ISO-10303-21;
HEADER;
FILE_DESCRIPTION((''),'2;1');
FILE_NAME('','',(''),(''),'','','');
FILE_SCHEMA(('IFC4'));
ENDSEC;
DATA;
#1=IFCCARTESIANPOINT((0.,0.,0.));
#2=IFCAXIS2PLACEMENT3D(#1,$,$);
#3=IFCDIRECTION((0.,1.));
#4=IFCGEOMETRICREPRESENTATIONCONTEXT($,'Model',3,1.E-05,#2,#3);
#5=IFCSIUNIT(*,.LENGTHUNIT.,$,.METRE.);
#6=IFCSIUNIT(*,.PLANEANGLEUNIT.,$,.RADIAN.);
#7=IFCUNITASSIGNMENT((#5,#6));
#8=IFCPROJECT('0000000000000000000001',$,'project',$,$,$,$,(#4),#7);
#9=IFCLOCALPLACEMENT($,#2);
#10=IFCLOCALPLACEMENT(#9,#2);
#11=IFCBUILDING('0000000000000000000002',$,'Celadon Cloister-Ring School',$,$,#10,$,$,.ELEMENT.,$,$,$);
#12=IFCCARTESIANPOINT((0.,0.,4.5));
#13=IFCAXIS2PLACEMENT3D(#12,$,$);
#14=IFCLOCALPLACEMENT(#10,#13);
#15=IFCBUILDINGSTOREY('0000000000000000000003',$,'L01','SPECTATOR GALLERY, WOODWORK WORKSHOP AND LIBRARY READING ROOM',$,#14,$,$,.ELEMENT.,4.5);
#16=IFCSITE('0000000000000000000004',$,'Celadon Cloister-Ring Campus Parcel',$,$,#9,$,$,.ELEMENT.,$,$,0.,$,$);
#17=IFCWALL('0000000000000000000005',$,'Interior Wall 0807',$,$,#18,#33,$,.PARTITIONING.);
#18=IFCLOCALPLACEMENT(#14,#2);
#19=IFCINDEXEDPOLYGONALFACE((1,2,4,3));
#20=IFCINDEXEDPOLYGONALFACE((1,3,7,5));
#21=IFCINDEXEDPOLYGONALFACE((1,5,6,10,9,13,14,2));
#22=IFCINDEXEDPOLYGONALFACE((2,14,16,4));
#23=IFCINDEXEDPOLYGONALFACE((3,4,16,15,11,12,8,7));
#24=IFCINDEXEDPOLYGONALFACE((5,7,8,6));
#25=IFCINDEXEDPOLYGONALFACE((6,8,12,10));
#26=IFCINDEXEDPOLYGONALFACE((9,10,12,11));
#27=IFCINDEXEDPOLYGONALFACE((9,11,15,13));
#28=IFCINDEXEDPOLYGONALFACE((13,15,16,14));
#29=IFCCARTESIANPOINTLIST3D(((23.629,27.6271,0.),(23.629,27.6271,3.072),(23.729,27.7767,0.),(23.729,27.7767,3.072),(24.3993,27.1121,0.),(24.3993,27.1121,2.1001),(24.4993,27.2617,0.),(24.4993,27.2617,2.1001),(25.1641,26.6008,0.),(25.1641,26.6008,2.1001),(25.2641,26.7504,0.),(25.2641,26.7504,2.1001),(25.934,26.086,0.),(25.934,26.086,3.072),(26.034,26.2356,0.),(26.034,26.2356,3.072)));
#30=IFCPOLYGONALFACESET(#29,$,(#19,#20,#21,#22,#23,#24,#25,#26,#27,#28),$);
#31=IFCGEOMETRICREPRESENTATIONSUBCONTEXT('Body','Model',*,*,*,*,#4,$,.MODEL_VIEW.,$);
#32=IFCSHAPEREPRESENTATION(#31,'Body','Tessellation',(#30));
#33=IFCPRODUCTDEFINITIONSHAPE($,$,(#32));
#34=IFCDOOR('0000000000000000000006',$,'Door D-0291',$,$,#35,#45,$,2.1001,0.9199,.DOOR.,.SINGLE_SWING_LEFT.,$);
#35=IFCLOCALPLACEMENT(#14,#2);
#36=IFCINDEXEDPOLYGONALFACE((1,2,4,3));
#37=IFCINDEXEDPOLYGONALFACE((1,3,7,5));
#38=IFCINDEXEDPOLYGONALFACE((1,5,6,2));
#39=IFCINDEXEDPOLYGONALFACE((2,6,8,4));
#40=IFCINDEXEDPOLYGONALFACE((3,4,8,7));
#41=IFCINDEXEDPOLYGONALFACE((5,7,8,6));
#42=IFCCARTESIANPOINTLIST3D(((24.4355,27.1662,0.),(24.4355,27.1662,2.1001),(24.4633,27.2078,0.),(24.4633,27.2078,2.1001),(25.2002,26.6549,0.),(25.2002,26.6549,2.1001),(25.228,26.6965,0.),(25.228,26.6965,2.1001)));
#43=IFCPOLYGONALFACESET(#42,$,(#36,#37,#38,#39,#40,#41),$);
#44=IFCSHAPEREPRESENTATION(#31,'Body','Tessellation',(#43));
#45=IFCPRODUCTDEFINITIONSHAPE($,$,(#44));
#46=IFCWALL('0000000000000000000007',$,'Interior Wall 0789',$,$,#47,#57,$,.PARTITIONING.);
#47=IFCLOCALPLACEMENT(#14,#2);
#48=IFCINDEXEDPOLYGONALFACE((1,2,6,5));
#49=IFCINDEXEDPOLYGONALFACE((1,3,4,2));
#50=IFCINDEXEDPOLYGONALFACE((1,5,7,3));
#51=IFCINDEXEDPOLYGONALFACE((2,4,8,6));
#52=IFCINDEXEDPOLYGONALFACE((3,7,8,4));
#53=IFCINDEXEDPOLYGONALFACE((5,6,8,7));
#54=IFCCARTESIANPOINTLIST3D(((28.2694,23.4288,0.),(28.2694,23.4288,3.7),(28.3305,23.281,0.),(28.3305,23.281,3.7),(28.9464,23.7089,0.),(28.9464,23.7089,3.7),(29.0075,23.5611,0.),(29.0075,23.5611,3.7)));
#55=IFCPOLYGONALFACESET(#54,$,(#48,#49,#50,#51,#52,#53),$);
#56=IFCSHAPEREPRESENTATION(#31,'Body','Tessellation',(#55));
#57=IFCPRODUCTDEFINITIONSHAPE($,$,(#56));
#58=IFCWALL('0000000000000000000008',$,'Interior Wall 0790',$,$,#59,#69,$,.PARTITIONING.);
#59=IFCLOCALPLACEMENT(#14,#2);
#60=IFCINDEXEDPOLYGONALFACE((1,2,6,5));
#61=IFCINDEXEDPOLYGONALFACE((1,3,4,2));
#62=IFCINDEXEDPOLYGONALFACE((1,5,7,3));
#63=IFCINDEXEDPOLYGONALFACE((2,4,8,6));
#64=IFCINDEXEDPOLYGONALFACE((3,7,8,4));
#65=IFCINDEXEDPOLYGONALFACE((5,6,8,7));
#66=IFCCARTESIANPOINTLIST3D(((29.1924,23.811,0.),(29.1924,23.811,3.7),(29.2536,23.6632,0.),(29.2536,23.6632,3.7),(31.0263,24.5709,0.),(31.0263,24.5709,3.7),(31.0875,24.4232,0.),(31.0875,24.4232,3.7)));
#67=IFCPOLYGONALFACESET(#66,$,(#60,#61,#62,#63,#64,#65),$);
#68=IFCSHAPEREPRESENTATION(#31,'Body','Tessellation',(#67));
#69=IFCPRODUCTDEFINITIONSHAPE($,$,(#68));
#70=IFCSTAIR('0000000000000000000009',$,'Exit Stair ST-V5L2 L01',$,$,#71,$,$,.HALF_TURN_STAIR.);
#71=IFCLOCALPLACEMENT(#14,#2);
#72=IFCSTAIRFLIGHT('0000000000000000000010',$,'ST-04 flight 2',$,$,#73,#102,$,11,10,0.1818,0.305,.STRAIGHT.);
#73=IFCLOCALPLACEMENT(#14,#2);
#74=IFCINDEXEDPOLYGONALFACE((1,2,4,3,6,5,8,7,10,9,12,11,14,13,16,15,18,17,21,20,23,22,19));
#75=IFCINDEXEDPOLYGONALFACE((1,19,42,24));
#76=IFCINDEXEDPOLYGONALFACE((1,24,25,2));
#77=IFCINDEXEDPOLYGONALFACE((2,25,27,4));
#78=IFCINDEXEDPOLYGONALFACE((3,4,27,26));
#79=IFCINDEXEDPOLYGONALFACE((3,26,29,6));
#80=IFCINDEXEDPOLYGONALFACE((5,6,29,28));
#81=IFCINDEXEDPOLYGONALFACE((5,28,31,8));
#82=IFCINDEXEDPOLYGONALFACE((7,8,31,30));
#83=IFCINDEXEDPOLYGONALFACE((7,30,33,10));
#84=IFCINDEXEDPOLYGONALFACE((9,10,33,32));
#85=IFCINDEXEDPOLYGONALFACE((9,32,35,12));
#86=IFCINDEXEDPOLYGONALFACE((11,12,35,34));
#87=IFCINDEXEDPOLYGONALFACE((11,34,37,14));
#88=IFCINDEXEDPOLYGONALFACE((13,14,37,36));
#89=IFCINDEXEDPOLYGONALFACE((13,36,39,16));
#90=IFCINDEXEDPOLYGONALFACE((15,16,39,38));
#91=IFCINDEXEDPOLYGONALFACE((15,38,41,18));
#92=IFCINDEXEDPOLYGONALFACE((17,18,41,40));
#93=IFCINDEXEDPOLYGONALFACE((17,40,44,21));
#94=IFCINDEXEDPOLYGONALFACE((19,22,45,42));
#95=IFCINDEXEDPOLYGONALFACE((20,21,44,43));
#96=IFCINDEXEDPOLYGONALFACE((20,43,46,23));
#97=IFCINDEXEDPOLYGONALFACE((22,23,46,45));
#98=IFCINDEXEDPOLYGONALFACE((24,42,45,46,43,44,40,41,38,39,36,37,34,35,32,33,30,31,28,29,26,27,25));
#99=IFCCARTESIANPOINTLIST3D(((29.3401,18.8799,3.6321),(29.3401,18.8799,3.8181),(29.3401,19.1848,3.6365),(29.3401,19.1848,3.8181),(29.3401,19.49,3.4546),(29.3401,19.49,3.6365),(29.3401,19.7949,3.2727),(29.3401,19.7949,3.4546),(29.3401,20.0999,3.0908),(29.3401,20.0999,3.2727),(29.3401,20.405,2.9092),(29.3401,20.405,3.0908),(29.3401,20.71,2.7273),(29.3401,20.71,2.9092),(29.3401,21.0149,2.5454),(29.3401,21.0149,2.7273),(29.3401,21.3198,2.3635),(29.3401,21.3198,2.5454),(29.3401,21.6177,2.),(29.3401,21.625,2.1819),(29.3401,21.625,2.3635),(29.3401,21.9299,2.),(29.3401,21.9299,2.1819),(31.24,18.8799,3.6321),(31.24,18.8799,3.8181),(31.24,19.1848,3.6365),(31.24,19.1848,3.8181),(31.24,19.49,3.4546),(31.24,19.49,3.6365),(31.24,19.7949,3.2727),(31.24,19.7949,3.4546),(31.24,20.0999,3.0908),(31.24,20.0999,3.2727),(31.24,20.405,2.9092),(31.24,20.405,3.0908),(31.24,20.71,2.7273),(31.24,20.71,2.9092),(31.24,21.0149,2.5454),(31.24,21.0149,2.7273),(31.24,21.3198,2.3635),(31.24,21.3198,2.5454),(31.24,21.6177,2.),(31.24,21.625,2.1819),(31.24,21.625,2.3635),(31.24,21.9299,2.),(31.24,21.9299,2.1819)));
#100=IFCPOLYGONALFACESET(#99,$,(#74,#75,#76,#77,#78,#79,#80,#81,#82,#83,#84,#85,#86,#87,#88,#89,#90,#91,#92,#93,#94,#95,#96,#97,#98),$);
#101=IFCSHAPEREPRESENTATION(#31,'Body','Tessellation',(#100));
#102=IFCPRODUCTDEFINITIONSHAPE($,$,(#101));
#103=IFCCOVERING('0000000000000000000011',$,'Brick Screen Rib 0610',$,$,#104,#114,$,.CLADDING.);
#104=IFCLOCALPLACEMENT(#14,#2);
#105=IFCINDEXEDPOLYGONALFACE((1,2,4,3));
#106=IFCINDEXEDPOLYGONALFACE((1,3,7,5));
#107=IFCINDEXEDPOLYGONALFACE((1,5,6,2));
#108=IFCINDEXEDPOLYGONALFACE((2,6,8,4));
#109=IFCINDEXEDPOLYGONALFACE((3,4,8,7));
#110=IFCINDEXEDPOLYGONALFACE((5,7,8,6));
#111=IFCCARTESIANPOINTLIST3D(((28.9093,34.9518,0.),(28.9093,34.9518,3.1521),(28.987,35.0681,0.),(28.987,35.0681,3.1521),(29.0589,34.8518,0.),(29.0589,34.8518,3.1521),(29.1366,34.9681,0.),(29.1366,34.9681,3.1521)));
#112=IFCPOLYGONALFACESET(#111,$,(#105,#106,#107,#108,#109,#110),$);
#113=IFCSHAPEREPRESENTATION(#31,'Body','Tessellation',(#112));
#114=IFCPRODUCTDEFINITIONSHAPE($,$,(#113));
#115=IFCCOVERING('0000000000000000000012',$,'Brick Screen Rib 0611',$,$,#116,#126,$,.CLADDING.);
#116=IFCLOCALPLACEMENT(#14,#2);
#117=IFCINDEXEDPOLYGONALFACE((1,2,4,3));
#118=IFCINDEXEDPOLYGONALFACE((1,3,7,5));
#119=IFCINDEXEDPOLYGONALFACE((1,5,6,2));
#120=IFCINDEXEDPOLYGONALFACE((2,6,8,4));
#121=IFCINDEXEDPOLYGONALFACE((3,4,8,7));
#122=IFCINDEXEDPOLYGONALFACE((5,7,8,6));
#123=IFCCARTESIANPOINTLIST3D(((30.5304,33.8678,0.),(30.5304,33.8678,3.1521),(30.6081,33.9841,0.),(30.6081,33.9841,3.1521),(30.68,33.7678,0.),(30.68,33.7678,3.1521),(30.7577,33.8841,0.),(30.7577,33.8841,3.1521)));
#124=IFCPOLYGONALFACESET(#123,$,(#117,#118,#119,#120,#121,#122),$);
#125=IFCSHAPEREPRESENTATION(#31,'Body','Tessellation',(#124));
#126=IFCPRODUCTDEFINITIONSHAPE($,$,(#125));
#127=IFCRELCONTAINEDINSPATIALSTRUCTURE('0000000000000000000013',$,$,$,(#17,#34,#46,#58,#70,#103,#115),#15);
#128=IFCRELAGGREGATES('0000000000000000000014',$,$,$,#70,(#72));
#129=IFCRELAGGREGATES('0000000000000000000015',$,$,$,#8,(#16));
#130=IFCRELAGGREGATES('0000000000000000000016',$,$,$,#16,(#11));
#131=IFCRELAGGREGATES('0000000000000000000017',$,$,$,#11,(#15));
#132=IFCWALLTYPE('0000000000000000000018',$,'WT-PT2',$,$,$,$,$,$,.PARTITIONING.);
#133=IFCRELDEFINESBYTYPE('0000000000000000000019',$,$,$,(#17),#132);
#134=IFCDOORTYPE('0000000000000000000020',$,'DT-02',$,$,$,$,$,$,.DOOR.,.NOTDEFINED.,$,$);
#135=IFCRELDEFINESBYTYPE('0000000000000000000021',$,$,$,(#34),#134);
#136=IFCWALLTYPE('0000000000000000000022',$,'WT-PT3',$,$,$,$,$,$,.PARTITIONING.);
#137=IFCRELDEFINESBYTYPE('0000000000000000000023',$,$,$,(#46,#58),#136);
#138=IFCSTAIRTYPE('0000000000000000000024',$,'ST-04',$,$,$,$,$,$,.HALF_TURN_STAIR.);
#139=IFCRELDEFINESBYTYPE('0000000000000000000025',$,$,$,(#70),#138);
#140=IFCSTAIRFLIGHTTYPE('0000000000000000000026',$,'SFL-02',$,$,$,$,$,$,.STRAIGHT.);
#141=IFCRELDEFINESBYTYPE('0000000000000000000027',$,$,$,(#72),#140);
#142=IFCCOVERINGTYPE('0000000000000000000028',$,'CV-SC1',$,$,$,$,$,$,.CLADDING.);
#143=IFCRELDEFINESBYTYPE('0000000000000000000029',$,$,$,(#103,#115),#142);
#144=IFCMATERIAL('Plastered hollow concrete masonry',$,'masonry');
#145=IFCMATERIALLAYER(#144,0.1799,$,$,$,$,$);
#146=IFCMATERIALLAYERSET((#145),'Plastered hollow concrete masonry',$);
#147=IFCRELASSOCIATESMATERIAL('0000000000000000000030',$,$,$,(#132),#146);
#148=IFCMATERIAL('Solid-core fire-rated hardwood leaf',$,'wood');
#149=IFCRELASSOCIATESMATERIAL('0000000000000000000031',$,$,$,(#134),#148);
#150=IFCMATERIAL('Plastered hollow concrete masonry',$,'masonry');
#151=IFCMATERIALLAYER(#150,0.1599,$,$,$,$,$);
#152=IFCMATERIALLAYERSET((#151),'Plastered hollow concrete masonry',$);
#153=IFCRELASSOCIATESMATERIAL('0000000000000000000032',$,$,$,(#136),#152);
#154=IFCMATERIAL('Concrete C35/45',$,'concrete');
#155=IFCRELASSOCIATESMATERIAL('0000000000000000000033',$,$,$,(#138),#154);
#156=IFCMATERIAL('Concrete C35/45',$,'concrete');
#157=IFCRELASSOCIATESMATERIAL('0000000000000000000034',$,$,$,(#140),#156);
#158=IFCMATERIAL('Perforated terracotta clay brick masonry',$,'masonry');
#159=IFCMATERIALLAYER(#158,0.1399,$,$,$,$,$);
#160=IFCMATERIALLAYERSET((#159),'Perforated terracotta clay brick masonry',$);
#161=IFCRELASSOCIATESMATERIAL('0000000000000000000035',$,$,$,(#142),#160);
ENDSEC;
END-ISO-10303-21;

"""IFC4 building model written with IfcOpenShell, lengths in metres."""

from ifc_helpers import new_model, si_unit, direction, frame, frame_2d, origin, origin_2d, place, context, subcontext, project, spatial, polyline, rectangle, outline, extrude, material, layer, layer_set, type_object, element, fill, aggregate, save


model = new_model("IFC4")

# Units and contexts
model_context = context("Model", 3, precision=1e-05, world=origin(), true_north=direction((0.0, 1.0)))
body_context = subcontext(model_context, "Body", "Model", "MODEL_VIEW")
ifc_project = project(units=[si_unit("LENGTHUNIT", "METRE"), si_unit("PLANEANGLEUNIT", "RADIAN")], contexts=[model_context])

# Site, building, storey
site_placement = place(None, origin())
site = spatial("IfcSite", under=ifc_project, at=site_placement, Name="Celadon Cloister-Ring Campus Parcel", CompositionType="ELEMENT", RefElevation=0.0)
building_placement = place(site_placement, origin())
building = spatial("IfcBuilding", under=site, at=building_placement, Name="Celadon Cloister-Ring School", CompositionType="ELEMENT")
storey_placement = place(building_placement, frame((0.0, 0.0, 4.5)))
storey = spatial("IfcBuildingStorey", under=building, at=storey_placement, Name="L01", Description="SPECTATOR GALLERY, WOODWORK WORKSHOP AND LIBRARY READING ROOM", CompositionType="ELEMENT", Elevation=4.5)

# Wall, opening, door
ifc_material_1 = material(Name="Plastered hollow concrete masonry", Category="masonry")
ifc_layer_1 = layer(ifc_material_1, 0.1799)
ifc_layer_set_1 = layer_set([ifc_layer_1], Name="Plastered hollow concrete masonry")
wall_type_1 = type_object("IfcWallType", Name="WT-PT2", PredefinedType="PARTITIONING", material=ifc_layer_set_1)
ifc_material_2 = material(Name="Solid-core fire-rated hardwood leaf", Category="wood")
door_type = type_object("IfcDoorType", Name="DT-02", OperationType="NOTDEFINED", PredefinedType="DOOR", material=ifc_material_2)
wall_1_placement = place(storey_placement, frame((25.9839, 26.1609, 0.0), z_axis=(0.0, 0.0, 1.0), x_axis=(-0.831318, 0.555797, 0.0)))
wall_1 = element("IfcWall", 1, at=wall_1_placement, inside=storey, type_object=wall_type_1, Name="Interior Wall 0807", PredefinedType="PARTITIONING", context=body_context, shape_type="SweptSolid", body=[
    extrude(rectangle(XDim=2.7727, YDim=0.1799, at=frame_2d((1.3862, 0.0))), origin(), (0.0, 0.0, 1.0), 3.072),
])
opening_1_placement = place(wall_1_placement, frame((0.926, 0.0, 0.0)))
opening_1 = element("IfcOpeningElement", 2, at=opening_1_placement, cuts=wall_1, PredefinedType="OPENING", context=body_context, shape_type="SweptSolid", body=[
    extrude(rectangle(XDim=0.9199, YDim=2.1001, at=frame_2d((0.46, 1.05))), frame((0.0, 0.1001, 0.0), z_axis=(0.0, -1.0, 0.0), x_axis=(1.0, 0.0, 0.0)), (0.0, 0.0, 1.0), 0.2),
])
door_1_placement = place(opening_1_placement, origin())
door_1 = element("IfcDoor", 3, at=door_1_placement, inside=storey, type_object=door_type, Name="Door D-0291", OperationType="SINGLE_SWING_LEFT", OverallHeight=2.1001, OverallWidth=0.9199, PredefinedType="DOOR", context=body_context, shape_type="SweptSolid", body=[
    extrude(rectangle(XDim=0.9199, YDim=2.1001, at=frame_2d((0.46, 1.05))), frame((0.0, 0.0249, 0.0), z_axis=(0.0, -1.0, 0.0), x_axis=(1.0, 0.0, 0.0)), (0.0, 0.0, 1.0), 0.05),
])
fill(opening_1, door_1)

# Walls
ifc_material_3 = material(Name="Plastered hollow concrete masonry", Category="masonry")
ifc_layer_2 = layer(ifc_material_3, 0.1599)
ifc_layer_set_2 = layer_set([ifc_layer_2], Name="Plastered hollow concrete masonry")
wall_type_2 = type_object("IfcWallType", Name="WT-PT3", PredefinedType="PARTITIONING", material=ifc_layer_set_2)
wall_2_placement = place(storey_placement, frame((28.3, 23.355, 0.0), z_axis=(0.0, 0.0, 1.0), x_axis=(0.92407, 0.382224, 0.0)))
element("IfcWall", 4, at=wall_2_placement, inside=storey, type_object=wall_type_2, Name="Interior Wall 0789", PredefinedType="PARTITIONING", context=body_context, shape_type="SweptSolid", body=[
    extrude(rectangle(XDim=0.7327, YDim=0.1599, at=frame_2d((0.3662, 0.0))), origin(), (0.0, 0.0, 1.0), 3.7),
])
wall_3_placement = place(storey_placement, frame((29.2229, 23.7371, 0.0), z_axis=(0.0, 0.0, 1.0), x_axis=(0.923817, 0.382833, 0.0)))
element("IfcWall", 5, at=wall_3_placement, inside=storey, type_object=wall_type_2, Name="Interior Wall 0790", PredefinedType="PARTITIONING", context=body_context, shape_type="SweptSolid", body=[
    extrude(rectangle(XDim=1.9851, YDim=0.1599, at=frame_2d((0.9927, 0.0))), origin(), (0.0, 0.0, 1.0), 3.7),
])

# Stair, stair flight
ifc_material_4 = material(Name="Concrete C35/45", Category="concrete")
stair_type = type_object("IfcStairType", Name="ST-04", PredefinedType="HALF_TURN_STAIR", material=ifc_material_4)
stair_placement = place(storey_placement, origin())
stair = element("IfcStair", 6, at=stair_placement, inside=storey, type_object=stair_type, Name="Exit Stair ST-V5L2 L01", PredefinedType="HALF_TURN_STAIR")
ifc_material_5 = material(Name="Concrete C35/45", Category="concrete")
stair_flight_type = type_object("IfcStairFlightType", Name="SFL-02", PredefinedType="STRAIGHT", material=ifc_material_5)
stair_flight_placement = place(storey_placement, frame((30.29, 21.9299, 2.0), z_axis=(0.0, 0.0, 1.0), x_axis=(0.0, -1.0, 0.0)))
stair_flight = element("IfcStairFlight", 7, at=stair_flight_placement, type_object=stair_flight_type, Name="ST-04 flight 2", NumberOfRisers=11, NumberOfTreads=10, PredefinedType="STRAIGHT", RiserHeight=0.1818, TreadLength=0.305, context=body_context, shape_type="SweptSolid", body=[
    extrude(outline(polyline([(0.0, 0.0), (0.0, 0.1819), (0.3049, 0.1819), (0.3049, 0.3635), (0.6101, 0.3635), (0.6101, 0.5454), (0.915, 0.5454), (0.915, 0.7273), (1.22, 0.7273), (1.22, 0.9092), (1.5249, 0.9092), (1.5249, 1.0908), (1.8301, 1.0908), (1.8301, 1.2727), (2.135, 1.2727), (2.135, 1.4546), (2.4399, 1.4546), (2.4399, 1.6365), (2.7451, 1.6365), (2.7451, 1.8181), (3.05, 1.8181), (3.05, 2.0), (3.05, 1.6321), (0.3123, 0.0), (0.0, 0.0)])), frame((0.0, 0.95, 0.0), z_axis=(0.0, -1.0, 0.0), x_axis=(1.0, 0.0, 0.0)), (0.0, 0.0, 1.0), 1.8999),
])
aggregate(stair, [stair_flight])

# Coverings
ifc_material_6 = material(Name="Perforated terracotta clay brick masonry", Category="masonry")
ifc_layer_3 = layer(ifc_material_6, 0.1399)
ifc_layer_set_3 = layer_set([ifc_layer_3], Name="Perforated terracotta clay brick masonry")
covering_type = type_object("IfcCoveringType", Name="CV-SC1", PredefinedType="CLADDING", material=ifc_layer_set_3)
for number, where, z_axis, x_axis, name in (
    (8, (29.0229, 34.96, 0.0), (0.0, 0.0, 1.0), (0.831402, -0.555672, 0.0), "Brick Screen Rib 0610"),
    (9, (30.644, 33.876, 0.0), (0.0, 0.0, 1.0), (0.831402, -0.555672, 0.0), "Brick Screen Rib 0611"),
):
    element("IfcCovering", number, at=place(storey_placement, frame(where, z_axis=z_axis, x_axis=x_axis)), inside=storey, type_object=covering_type, Name=name, PredefinedType="CLADDING", context=body_context, shape_type="SweptSolid", body=[
        extrude(rectangle(XDim=0.1799, YDim=0.1399, at=origin_2d()), origin(), (0.0, 0.0, 1.0), 3.1521),
    ])

save(model, "model.ifc")
